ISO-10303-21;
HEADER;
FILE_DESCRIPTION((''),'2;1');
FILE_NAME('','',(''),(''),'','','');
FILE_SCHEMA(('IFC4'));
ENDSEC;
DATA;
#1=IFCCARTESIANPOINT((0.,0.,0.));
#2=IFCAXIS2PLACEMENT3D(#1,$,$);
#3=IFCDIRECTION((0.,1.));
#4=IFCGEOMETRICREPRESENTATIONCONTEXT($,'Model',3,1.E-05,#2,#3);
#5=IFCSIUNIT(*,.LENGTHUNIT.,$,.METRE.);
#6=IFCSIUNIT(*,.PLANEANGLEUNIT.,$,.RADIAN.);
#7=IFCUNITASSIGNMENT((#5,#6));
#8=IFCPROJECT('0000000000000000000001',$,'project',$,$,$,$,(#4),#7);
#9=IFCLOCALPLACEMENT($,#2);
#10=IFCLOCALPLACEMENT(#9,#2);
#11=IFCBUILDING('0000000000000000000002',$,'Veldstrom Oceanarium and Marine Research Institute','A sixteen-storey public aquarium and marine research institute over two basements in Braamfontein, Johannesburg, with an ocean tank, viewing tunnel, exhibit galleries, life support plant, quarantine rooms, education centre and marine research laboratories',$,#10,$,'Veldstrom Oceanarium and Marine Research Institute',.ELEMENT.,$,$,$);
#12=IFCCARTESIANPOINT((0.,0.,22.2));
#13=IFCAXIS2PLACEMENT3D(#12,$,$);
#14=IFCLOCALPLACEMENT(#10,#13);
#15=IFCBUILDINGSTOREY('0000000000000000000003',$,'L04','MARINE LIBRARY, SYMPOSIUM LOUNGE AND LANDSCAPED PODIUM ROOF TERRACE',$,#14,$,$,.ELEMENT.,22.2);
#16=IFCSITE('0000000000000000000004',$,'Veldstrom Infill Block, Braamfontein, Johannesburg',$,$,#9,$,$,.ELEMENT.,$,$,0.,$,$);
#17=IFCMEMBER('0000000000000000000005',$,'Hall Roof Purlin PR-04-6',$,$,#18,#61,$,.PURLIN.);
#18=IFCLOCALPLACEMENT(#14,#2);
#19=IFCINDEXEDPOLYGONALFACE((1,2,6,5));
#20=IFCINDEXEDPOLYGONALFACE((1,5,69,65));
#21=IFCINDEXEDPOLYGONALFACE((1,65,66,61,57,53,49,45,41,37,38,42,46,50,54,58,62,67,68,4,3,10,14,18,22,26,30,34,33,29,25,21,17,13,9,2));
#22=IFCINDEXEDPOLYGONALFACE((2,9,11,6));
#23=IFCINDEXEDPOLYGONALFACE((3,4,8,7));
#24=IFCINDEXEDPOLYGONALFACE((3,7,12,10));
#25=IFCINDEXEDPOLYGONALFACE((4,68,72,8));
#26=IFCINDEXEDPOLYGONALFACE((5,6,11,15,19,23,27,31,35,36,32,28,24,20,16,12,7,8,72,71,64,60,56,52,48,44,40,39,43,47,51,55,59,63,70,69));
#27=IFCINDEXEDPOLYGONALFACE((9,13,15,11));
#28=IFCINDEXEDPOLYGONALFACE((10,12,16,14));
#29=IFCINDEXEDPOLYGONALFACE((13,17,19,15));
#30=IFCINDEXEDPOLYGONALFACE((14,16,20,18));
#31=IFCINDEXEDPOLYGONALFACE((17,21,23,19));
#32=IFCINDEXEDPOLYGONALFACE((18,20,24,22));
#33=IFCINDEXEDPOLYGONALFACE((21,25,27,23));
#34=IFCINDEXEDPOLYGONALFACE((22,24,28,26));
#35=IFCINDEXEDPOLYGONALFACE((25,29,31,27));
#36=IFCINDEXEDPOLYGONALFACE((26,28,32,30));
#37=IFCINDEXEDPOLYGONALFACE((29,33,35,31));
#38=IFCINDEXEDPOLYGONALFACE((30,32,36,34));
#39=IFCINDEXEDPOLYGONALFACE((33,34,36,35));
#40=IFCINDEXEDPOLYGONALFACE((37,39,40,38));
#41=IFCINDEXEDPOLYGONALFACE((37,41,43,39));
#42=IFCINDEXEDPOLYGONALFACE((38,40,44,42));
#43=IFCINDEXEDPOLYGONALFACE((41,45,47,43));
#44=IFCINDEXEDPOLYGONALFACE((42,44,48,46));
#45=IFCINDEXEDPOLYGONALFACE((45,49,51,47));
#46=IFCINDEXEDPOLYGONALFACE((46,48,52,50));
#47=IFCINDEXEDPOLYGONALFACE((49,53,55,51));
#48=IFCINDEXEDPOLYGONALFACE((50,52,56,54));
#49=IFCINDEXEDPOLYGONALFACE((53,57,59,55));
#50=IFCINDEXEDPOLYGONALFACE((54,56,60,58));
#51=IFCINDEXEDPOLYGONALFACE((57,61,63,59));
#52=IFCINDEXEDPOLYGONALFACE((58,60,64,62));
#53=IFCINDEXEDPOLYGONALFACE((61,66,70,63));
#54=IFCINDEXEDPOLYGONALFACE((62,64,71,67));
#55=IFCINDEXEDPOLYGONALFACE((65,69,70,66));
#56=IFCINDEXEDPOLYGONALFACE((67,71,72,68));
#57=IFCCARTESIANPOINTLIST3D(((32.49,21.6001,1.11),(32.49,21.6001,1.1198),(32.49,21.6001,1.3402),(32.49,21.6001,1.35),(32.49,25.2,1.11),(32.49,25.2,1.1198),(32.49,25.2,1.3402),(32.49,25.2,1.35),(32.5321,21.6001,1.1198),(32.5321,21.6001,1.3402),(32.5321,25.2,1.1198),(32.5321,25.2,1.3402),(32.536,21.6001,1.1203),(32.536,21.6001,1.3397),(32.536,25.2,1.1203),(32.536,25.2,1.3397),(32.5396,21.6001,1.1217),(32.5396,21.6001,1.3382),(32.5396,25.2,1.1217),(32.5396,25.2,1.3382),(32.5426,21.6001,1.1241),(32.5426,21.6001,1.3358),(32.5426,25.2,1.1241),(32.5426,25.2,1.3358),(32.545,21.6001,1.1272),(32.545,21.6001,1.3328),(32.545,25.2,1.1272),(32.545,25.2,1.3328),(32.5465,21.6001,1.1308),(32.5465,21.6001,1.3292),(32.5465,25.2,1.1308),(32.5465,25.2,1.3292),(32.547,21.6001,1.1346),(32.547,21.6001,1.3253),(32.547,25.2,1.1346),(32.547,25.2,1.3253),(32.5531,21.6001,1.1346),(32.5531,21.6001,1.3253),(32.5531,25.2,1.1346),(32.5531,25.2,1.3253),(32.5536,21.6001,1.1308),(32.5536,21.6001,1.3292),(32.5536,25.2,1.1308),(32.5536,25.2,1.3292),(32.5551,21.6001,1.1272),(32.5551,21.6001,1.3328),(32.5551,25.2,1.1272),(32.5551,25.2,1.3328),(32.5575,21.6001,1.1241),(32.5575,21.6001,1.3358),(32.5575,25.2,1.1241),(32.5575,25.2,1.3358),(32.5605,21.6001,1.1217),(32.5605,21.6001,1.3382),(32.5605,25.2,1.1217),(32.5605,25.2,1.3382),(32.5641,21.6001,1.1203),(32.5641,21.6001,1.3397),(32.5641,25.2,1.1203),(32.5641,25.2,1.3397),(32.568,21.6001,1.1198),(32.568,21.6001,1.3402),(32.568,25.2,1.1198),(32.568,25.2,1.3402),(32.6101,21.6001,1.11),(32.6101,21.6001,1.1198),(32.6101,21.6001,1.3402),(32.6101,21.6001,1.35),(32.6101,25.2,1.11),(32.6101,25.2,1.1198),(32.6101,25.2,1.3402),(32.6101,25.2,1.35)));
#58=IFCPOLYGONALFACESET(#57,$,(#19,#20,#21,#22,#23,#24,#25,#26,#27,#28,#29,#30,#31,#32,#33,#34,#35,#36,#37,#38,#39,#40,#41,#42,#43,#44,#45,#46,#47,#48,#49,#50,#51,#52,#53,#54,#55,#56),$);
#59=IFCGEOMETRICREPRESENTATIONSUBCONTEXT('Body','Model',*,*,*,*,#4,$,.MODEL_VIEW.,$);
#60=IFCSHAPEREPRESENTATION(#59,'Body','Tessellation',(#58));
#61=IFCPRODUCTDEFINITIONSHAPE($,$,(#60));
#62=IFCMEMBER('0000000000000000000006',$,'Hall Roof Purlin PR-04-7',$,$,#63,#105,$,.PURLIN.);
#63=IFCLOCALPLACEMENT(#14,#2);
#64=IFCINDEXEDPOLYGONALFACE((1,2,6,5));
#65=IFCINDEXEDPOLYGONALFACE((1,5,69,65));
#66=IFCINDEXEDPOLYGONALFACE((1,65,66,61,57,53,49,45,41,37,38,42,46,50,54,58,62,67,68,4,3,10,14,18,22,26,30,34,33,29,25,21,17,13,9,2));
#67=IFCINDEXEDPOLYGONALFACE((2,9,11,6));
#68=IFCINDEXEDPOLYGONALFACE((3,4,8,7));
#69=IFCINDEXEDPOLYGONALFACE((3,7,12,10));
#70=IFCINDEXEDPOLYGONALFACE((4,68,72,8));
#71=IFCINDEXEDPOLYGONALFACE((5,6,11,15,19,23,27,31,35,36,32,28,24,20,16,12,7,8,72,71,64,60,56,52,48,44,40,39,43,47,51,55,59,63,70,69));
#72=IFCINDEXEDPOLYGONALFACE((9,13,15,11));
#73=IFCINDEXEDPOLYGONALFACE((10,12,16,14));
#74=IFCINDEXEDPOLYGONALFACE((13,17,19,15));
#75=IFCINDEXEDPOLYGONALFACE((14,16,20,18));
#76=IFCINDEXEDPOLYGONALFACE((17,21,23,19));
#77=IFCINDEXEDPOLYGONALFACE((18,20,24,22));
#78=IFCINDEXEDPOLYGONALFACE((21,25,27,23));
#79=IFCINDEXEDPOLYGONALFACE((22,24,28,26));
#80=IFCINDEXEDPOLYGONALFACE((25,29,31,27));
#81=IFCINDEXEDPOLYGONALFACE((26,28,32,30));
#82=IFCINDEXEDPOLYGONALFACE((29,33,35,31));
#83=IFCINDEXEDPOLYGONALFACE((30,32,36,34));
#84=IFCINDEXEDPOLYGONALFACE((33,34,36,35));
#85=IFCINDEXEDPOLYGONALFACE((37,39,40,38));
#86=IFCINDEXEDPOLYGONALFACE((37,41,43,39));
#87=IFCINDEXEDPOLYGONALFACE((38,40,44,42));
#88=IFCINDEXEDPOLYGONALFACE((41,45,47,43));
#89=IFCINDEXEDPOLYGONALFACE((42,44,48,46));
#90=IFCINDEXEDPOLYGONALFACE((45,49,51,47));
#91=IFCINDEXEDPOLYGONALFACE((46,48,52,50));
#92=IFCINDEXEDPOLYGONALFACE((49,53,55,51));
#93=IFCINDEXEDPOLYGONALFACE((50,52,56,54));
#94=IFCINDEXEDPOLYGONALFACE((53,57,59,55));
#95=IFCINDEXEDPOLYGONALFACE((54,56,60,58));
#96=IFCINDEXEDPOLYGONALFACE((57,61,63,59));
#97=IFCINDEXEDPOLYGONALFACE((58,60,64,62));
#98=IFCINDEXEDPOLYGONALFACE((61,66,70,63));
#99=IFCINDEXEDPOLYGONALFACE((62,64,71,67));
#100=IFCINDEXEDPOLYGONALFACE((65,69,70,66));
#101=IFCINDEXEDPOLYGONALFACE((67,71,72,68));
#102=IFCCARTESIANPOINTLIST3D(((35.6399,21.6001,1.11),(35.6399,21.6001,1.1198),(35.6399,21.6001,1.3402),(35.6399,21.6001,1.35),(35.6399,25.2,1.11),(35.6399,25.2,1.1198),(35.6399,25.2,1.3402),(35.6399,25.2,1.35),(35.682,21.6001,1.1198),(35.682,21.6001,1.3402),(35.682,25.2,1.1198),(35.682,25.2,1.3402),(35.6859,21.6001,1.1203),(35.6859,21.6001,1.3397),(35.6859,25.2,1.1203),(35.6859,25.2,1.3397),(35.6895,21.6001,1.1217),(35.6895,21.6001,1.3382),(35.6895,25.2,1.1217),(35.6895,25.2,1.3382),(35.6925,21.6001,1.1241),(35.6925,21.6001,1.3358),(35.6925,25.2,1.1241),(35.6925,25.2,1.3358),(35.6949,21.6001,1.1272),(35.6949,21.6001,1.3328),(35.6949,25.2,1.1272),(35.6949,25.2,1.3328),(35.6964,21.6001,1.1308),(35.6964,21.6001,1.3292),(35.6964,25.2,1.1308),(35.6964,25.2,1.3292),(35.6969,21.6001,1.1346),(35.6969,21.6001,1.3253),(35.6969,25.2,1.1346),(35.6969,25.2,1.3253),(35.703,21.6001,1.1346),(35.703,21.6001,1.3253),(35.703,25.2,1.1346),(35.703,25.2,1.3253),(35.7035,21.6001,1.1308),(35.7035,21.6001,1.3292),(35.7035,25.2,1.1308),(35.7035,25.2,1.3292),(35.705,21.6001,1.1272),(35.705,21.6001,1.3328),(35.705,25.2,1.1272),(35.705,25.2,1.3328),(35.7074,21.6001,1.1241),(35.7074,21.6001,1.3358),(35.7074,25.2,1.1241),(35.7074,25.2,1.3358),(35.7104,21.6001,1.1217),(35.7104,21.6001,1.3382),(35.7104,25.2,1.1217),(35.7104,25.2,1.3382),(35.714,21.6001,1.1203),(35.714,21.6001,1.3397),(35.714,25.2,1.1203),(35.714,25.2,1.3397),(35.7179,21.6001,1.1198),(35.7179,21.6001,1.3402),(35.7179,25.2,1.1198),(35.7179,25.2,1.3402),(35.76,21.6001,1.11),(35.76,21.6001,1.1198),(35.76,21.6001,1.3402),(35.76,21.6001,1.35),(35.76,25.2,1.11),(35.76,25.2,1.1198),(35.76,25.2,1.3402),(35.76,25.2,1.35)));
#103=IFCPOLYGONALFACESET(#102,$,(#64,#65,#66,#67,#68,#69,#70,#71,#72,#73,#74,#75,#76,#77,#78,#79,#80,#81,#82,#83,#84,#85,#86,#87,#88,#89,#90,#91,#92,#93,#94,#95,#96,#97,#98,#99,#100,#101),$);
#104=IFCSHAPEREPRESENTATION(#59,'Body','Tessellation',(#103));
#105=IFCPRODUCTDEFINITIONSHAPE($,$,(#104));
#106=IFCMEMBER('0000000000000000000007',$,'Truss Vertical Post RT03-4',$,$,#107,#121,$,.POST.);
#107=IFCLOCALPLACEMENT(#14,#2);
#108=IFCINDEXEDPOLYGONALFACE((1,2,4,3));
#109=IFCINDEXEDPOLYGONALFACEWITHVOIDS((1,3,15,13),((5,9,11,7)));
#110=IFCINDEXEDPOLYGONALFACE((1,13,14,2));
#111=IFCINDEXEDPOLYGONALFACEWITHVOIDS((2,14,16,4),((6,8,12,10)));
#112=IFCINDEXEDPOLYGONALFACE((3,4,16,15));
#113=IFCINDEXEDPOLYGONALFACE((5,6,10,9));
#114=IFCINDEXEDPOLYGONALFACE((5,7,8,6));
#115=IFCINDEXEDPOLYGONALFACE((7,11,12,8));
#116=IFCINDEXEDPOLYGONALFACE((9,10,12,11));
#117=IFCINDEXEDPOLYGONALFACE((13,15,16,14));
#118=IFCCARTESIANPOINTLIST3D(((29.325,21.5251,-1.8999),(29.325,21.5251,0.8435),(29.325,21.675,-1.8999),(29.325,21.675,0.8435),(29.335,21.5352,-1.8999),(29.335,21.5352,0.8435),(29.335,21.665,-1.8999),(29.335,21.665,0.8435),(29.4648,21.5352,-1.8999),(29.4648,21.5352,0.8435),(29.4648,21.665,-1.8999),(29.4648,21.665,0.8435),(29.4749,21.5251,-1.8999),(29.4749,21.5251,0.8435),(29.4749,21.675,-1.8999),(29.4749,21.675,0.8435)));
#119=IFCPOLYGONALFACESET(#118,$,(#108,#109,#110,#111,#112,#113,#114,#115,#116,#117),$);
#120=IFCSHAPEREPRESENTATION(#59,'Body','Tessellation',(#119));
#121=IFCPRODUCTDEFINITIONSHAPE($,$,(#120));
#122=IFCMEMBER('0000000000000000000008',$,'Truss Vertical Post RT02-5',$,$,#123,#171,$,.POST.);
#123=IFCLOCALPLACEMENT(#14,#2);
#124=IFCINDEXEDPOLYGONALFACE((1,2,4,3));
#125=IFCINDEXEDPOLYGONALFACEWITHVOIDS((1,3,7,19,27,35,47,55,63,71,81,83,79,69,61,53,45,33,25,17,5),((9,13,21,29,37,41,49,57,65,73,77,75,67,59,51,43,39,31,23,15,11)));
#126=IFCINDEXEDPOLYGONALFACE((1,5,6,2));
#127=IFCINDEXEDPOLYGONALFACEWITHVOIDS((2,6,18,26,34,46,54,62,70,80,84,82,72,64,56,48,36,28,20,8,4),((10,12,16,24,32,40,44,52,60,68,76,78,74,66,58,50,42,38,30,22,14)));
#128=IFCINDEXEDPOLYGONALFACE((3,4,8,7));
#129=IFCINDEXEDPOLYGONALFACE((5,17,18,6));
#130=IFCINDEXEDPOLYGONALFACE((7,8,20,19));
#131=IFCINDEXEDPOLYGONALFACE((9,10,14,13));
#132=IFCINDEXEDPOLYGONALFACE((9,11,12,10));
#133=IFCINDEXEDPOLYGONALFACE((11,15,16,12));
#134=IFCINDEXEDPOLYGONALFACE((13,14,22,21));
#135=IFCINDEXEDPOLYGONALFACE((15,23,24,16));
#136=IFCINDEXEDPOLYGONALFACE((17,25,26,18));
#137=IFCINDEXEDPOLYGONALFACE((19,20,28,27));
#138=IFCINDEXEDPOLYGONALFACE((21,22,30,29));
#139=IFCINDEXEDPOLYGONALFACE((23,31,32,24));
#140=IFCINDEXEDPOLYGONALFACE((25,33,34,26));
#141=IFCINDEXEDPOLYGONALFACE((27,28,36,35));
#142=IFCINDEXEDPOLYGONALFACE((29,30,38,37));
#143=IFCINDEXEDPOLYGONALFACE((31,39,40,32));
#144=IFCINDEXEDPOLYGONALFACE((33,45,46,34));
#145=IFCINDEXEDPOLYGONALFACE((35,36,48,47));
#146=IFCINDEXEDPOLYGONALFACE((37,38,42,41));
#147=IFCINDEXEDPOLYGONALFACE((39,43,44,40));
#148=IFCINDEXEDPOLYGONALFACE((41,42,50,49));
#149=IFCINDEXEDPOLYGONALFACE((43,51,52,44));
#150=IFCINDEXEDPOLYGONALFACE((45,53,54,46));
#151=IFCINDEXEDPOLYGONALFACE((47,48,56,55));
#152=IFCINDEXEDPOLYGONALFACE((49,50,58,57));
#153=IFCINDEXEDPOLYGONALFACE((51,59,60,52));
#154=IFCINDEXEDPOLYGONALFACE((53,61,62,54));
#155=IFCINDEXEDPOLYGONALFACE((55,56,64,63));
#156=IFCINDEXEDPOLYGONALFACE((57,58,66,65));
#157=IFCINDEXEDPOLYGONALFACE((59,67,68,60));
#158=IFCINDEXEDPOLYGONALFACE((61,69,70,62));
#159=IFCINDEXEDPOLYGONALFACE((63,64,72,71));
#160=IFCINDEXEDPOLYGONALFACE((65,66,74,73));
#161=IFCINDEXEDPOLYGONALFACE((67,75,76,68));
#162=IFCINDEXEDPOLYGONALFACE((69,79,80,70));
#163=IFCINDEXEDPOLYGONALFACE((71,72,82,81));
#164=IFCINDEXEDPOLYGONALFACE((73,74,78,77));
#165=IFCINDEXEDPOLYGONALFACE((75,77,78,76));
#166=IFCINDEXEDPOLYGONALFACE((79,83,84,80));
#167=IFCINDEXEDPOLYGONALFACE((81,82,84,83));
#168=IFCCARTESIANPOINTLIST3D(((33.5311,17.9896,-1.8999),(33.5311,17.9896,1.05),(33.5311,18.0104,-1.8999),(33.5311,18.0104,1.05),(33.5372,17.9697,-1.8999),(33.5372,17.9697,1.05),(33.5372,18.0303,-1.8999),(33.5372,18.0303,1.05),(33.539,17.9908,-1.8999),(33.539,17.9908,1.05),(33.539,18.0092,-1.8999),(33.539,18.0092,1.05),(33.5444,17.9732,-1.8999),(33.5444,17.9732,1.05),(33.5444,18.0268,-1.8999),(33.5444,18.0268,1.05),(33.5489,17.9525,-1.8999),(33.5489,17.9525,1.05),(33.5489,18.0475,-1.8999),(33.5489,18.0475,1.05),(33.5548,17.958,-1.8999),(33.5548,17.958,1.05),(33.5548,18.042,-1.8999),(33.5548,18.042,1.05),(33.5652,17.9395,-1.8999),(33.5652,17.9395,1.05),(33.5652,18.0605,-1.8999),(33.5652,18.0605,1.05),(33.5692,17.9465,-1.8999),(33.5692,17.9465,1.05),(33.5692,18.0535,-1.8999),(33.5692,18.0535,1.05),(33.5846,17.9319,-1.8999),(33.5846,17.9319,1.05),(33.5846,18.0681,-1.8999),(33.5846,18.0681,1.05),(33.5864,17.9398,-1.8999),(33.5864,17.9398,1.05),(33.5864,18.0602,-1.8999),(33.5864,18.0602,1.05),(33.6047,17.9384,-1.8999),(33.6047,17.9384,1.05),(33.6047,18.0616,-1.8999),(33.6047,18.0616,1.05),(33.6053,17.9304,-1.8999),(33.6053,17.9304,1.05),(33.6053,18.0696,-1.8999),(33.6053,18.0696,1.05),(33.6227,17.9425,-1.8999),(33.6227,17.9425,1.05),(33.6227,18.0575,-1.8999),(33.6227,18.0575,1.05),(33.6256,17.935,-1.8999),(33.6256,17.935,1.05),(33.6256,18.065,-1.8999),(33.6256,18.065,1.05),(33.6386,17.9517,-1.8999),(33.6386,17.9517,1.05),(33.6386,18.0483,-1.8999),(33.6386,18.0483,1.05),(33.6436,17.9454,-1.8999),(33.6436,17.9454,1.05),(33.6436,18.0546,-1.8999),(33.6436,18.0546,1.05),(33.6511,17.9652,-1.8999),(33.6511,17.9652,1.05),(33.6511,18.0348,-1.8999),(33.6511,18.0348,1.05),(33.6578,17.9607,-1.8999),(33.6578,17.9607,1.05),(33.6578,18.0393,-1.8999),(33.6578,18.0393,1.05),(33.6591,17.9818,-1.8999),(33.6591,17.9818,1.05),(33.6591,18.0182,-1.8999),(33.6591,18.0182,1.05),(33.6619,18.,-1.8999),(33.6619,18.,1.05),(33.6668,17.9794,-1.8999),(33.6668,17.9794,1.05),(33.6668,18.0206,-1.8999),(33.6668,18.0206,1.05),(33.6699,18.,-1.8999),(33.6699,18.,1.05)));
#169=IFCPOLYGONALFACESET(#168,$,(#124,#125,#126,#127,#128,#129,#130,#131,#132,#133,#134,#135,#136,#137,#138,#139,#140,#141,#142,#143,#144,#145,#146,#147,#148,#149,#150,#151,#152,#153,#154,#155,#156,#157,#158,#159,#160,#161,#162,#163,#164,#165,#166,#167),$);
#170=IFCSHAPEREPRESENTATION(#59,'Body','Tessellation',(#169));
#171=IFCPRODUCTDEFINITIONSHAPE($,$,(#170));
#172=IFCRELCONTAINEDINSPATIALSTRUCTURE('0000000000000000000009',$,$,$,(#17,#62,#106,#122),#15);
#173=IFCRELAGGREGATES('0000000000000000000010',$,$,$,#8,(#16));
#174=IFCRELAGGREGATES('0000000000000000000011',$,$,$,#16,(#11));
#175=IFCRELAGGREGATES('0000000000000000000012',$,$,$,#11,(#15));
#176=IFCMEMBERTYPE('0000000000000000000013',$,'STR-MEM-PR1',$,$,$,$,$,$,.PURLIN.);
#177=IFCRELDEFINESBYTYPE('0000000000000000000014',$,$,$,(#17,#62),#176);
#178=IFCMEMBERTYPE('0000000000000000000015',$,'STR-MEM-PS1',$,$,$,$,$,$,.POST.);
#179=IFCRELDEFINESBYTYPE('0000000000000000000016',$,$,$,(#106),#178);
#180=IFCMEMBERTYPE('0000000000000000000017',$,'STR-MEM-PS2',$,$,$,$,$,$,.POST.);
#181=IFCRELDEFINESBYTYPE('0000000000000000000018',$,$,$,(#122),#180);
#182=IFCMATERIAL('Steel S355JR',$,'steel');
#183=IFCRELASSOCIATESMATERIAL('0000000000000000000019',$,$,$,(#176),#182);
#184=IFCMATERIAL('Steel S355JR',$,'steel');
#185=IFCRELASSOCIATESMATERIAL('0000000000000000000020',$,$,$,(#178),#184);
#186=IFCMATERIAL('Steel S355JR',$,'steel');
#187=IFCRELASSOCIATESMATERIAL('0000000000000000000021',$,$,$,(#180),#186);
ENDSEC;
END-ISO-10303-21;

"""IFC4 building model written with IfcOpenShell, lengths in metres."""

from ifc_helpers import new_model, si_unit, direction, frame, origin, origin_2d, place, context, subcontext, project, spatial, hollow_rectangle, hollow_circle, i_section, extrude, material, material_profile, profile_set, type_object, element, save


model = new_model("IFC4")

# Units and contexts
model_context = context("Model", 3, precision=1e-05, world=origin(), true_north=direction((0.0, 1.0)))
body_context = subcontext(model_context, "Body", "Model", "MODEL_VIEW")
ifc_project = project(units=[si_unit("LENGTHUNIT", "METRE"), si_unit("PLANEANGLEUNIT", "RADIAN")], contexts=[model_context])

# Site, building, storey
site_placement = place(None, origin())
site = spatial("IfcSite", under=ifc_project, at=site_placement, Name="Veldstrom Infill Block, Braamfontein, Johannesburg", CompositionType="ELEMENT", RefElevation=0.0)
building_placement = place(site_placement, origin())
building = spatial("IfcBuilding", under=site, at=building_placement, Name="Veldstrom Oceanarium and Marine Research Institute", Description="A sixteen-storey public aquarium and marine research institute over two basements in Braamfontein, Johannesburg, with an ocean tank, viewing tunnel, exhibit galleries, life support plant, quarantine rooms, education centre and marine research laboratories", LongName="Veldstrom Oceanarium and Marine Research Institute", CompositionType="ELEMENT")
storey_placement = place(building_placement, frame((0.0, 0.0, 22.2)))
storey = spatial("IfcBuildingStorey", under=building, at=storey_placement, Name="L04", Description="MARINE LIBRARY, SYMPOSIUM LOUNGE AND LANDSCAPED PODIUM ROOF TERRACE", CompositionType="ELEMENT", Elevation=22.2)

# Members
ifc_material_1 = material(Name="Steel S355JR", Category="steel")
ifc_material_profile_1 = material_profile(ifc_material_1, i_section(OverallWidth=0.1201, OverallDepth=0.24, WebThickness=0.0061, FlangeThickness=0.0098, FilletRadius=0.0149, at=origin_2d()), Name="IPE 240")
ifc_profile_set_1 = profile_set([ifc_material_profile_1], Name="Steel S355JR")
member_type_1 = type_object("IfcMemberType", Name="STR-MEM-PR1", PredefinedType="PURLIN", material=ifc_profile_set_1)
for number, where, z_axis, x_axis, name in (
    (1, (32.55, 21.6001, 1.23), (0.0, 1.0, 0.0), (-1.0, 0.0, 0.0), "Hall Roof Purlin PR-04-6"),
    (2, (35.7, 21.6001, 1.23), (0.0, 1.0, 0.0), (-1.0, 0.0, 0.0), "Hall Roof Purlin PR-04-7"),
):
    element("IfcMember", number, at=place(storey_placement, frame(where, z_axis=z_axis, x_axis=x_axis)), inside=storey, type_object=member_type_1, Name=name, PredefinedType="PURLIN", context=body_context, shape_type="SweptSolid", body=[
        extrude(i_section(OverallWidth=0.1201, OverallDepth=0.24, WebThickness=0.0061, FlangeThickness=0.0098, FilletRadius=0.0149, at=origin_2d()), origin(), (0.0, 0.0, 1.0), 3.5999),
    ])
ifc_material_2 = material(Name="Steel S355JR", Category="steel")
ifc_material_profile_2 = material_profile(ifc_material_2, hollow_rectangle(XDim=0.1499, YDim=0.1499, WallThickness=0.01, at=origin_2d()), Name="SHS 150x150x10")
ifc_profile_set_2 = profile_set([ifc_material_profile_2], Name="Steel S355JR")
member_type_2 = type_object("IfcMemberType", Name="STR-MEM-PS1", PredefinedType="POST", material=ifc_profile_set_2)
member_1_placement = place(storey_placement, frame((29.3999, 21.6001, -1.8999), z_axis=(0.0, 0.0, 1.0), x_axis=(1.0, 0.0, 0.0)))
element("IfcMember", 3, at=member_1_placement, inside=storey, type_object=member_type_2, Name="Truss Vertical Post RT03-4", PredefinedType="POST", context=body_context, shape_type="SweptSolid", body=[
    extrude(hollow_rectangle(XDim=0.1499, YDim=0.1499, WallThickness=0.01, at=origin_2d()), origin(), (0.0, 0.0, 1.0), 2.7434),
])
ifc_material_3 = material(Name="Steel S355JR", Category="steel")
ifc_material_profile_3 = material_profile(ifc_material_3, hollow_circle(Radius=0.0698, WallThickness=0.0081, at=origin_2d()), Name="CHS 139.7x8")
ifc_profile_set_3 = profile_set([ifc_material_profile_3], Name="Steel S355JR")
member_type_3 = type_object("IfcMemberType", Name="STR-MEM-PS2", PredefinedType="POST", material=ifc_profile_set_3)
for number, where, z_axis, x_axis, name in (
    (4, (33.6001, 18.0, -1.8999), (0.0, 0.0, 1.0), (1.0, 0.0, 0.0), "Truss Vertical Post RT02-5"),
):
    element("IfcMember", number, at=place(storey_placement, frame(where, z_axis=z_axis, x_axis=x_axis)), inside=storey, type_object=member_type_3, Name=name, PredefinedType="POST", context=body_context, shape_type="SweptSolid", body=[
        extrude(hollow_circle(Radius=0.0698, WallThickness=0.0081, at=origin_2d()), origin(), (0.0, 0.0, 1.0), 2.95),
    ])

save(model, "model.ifc")
